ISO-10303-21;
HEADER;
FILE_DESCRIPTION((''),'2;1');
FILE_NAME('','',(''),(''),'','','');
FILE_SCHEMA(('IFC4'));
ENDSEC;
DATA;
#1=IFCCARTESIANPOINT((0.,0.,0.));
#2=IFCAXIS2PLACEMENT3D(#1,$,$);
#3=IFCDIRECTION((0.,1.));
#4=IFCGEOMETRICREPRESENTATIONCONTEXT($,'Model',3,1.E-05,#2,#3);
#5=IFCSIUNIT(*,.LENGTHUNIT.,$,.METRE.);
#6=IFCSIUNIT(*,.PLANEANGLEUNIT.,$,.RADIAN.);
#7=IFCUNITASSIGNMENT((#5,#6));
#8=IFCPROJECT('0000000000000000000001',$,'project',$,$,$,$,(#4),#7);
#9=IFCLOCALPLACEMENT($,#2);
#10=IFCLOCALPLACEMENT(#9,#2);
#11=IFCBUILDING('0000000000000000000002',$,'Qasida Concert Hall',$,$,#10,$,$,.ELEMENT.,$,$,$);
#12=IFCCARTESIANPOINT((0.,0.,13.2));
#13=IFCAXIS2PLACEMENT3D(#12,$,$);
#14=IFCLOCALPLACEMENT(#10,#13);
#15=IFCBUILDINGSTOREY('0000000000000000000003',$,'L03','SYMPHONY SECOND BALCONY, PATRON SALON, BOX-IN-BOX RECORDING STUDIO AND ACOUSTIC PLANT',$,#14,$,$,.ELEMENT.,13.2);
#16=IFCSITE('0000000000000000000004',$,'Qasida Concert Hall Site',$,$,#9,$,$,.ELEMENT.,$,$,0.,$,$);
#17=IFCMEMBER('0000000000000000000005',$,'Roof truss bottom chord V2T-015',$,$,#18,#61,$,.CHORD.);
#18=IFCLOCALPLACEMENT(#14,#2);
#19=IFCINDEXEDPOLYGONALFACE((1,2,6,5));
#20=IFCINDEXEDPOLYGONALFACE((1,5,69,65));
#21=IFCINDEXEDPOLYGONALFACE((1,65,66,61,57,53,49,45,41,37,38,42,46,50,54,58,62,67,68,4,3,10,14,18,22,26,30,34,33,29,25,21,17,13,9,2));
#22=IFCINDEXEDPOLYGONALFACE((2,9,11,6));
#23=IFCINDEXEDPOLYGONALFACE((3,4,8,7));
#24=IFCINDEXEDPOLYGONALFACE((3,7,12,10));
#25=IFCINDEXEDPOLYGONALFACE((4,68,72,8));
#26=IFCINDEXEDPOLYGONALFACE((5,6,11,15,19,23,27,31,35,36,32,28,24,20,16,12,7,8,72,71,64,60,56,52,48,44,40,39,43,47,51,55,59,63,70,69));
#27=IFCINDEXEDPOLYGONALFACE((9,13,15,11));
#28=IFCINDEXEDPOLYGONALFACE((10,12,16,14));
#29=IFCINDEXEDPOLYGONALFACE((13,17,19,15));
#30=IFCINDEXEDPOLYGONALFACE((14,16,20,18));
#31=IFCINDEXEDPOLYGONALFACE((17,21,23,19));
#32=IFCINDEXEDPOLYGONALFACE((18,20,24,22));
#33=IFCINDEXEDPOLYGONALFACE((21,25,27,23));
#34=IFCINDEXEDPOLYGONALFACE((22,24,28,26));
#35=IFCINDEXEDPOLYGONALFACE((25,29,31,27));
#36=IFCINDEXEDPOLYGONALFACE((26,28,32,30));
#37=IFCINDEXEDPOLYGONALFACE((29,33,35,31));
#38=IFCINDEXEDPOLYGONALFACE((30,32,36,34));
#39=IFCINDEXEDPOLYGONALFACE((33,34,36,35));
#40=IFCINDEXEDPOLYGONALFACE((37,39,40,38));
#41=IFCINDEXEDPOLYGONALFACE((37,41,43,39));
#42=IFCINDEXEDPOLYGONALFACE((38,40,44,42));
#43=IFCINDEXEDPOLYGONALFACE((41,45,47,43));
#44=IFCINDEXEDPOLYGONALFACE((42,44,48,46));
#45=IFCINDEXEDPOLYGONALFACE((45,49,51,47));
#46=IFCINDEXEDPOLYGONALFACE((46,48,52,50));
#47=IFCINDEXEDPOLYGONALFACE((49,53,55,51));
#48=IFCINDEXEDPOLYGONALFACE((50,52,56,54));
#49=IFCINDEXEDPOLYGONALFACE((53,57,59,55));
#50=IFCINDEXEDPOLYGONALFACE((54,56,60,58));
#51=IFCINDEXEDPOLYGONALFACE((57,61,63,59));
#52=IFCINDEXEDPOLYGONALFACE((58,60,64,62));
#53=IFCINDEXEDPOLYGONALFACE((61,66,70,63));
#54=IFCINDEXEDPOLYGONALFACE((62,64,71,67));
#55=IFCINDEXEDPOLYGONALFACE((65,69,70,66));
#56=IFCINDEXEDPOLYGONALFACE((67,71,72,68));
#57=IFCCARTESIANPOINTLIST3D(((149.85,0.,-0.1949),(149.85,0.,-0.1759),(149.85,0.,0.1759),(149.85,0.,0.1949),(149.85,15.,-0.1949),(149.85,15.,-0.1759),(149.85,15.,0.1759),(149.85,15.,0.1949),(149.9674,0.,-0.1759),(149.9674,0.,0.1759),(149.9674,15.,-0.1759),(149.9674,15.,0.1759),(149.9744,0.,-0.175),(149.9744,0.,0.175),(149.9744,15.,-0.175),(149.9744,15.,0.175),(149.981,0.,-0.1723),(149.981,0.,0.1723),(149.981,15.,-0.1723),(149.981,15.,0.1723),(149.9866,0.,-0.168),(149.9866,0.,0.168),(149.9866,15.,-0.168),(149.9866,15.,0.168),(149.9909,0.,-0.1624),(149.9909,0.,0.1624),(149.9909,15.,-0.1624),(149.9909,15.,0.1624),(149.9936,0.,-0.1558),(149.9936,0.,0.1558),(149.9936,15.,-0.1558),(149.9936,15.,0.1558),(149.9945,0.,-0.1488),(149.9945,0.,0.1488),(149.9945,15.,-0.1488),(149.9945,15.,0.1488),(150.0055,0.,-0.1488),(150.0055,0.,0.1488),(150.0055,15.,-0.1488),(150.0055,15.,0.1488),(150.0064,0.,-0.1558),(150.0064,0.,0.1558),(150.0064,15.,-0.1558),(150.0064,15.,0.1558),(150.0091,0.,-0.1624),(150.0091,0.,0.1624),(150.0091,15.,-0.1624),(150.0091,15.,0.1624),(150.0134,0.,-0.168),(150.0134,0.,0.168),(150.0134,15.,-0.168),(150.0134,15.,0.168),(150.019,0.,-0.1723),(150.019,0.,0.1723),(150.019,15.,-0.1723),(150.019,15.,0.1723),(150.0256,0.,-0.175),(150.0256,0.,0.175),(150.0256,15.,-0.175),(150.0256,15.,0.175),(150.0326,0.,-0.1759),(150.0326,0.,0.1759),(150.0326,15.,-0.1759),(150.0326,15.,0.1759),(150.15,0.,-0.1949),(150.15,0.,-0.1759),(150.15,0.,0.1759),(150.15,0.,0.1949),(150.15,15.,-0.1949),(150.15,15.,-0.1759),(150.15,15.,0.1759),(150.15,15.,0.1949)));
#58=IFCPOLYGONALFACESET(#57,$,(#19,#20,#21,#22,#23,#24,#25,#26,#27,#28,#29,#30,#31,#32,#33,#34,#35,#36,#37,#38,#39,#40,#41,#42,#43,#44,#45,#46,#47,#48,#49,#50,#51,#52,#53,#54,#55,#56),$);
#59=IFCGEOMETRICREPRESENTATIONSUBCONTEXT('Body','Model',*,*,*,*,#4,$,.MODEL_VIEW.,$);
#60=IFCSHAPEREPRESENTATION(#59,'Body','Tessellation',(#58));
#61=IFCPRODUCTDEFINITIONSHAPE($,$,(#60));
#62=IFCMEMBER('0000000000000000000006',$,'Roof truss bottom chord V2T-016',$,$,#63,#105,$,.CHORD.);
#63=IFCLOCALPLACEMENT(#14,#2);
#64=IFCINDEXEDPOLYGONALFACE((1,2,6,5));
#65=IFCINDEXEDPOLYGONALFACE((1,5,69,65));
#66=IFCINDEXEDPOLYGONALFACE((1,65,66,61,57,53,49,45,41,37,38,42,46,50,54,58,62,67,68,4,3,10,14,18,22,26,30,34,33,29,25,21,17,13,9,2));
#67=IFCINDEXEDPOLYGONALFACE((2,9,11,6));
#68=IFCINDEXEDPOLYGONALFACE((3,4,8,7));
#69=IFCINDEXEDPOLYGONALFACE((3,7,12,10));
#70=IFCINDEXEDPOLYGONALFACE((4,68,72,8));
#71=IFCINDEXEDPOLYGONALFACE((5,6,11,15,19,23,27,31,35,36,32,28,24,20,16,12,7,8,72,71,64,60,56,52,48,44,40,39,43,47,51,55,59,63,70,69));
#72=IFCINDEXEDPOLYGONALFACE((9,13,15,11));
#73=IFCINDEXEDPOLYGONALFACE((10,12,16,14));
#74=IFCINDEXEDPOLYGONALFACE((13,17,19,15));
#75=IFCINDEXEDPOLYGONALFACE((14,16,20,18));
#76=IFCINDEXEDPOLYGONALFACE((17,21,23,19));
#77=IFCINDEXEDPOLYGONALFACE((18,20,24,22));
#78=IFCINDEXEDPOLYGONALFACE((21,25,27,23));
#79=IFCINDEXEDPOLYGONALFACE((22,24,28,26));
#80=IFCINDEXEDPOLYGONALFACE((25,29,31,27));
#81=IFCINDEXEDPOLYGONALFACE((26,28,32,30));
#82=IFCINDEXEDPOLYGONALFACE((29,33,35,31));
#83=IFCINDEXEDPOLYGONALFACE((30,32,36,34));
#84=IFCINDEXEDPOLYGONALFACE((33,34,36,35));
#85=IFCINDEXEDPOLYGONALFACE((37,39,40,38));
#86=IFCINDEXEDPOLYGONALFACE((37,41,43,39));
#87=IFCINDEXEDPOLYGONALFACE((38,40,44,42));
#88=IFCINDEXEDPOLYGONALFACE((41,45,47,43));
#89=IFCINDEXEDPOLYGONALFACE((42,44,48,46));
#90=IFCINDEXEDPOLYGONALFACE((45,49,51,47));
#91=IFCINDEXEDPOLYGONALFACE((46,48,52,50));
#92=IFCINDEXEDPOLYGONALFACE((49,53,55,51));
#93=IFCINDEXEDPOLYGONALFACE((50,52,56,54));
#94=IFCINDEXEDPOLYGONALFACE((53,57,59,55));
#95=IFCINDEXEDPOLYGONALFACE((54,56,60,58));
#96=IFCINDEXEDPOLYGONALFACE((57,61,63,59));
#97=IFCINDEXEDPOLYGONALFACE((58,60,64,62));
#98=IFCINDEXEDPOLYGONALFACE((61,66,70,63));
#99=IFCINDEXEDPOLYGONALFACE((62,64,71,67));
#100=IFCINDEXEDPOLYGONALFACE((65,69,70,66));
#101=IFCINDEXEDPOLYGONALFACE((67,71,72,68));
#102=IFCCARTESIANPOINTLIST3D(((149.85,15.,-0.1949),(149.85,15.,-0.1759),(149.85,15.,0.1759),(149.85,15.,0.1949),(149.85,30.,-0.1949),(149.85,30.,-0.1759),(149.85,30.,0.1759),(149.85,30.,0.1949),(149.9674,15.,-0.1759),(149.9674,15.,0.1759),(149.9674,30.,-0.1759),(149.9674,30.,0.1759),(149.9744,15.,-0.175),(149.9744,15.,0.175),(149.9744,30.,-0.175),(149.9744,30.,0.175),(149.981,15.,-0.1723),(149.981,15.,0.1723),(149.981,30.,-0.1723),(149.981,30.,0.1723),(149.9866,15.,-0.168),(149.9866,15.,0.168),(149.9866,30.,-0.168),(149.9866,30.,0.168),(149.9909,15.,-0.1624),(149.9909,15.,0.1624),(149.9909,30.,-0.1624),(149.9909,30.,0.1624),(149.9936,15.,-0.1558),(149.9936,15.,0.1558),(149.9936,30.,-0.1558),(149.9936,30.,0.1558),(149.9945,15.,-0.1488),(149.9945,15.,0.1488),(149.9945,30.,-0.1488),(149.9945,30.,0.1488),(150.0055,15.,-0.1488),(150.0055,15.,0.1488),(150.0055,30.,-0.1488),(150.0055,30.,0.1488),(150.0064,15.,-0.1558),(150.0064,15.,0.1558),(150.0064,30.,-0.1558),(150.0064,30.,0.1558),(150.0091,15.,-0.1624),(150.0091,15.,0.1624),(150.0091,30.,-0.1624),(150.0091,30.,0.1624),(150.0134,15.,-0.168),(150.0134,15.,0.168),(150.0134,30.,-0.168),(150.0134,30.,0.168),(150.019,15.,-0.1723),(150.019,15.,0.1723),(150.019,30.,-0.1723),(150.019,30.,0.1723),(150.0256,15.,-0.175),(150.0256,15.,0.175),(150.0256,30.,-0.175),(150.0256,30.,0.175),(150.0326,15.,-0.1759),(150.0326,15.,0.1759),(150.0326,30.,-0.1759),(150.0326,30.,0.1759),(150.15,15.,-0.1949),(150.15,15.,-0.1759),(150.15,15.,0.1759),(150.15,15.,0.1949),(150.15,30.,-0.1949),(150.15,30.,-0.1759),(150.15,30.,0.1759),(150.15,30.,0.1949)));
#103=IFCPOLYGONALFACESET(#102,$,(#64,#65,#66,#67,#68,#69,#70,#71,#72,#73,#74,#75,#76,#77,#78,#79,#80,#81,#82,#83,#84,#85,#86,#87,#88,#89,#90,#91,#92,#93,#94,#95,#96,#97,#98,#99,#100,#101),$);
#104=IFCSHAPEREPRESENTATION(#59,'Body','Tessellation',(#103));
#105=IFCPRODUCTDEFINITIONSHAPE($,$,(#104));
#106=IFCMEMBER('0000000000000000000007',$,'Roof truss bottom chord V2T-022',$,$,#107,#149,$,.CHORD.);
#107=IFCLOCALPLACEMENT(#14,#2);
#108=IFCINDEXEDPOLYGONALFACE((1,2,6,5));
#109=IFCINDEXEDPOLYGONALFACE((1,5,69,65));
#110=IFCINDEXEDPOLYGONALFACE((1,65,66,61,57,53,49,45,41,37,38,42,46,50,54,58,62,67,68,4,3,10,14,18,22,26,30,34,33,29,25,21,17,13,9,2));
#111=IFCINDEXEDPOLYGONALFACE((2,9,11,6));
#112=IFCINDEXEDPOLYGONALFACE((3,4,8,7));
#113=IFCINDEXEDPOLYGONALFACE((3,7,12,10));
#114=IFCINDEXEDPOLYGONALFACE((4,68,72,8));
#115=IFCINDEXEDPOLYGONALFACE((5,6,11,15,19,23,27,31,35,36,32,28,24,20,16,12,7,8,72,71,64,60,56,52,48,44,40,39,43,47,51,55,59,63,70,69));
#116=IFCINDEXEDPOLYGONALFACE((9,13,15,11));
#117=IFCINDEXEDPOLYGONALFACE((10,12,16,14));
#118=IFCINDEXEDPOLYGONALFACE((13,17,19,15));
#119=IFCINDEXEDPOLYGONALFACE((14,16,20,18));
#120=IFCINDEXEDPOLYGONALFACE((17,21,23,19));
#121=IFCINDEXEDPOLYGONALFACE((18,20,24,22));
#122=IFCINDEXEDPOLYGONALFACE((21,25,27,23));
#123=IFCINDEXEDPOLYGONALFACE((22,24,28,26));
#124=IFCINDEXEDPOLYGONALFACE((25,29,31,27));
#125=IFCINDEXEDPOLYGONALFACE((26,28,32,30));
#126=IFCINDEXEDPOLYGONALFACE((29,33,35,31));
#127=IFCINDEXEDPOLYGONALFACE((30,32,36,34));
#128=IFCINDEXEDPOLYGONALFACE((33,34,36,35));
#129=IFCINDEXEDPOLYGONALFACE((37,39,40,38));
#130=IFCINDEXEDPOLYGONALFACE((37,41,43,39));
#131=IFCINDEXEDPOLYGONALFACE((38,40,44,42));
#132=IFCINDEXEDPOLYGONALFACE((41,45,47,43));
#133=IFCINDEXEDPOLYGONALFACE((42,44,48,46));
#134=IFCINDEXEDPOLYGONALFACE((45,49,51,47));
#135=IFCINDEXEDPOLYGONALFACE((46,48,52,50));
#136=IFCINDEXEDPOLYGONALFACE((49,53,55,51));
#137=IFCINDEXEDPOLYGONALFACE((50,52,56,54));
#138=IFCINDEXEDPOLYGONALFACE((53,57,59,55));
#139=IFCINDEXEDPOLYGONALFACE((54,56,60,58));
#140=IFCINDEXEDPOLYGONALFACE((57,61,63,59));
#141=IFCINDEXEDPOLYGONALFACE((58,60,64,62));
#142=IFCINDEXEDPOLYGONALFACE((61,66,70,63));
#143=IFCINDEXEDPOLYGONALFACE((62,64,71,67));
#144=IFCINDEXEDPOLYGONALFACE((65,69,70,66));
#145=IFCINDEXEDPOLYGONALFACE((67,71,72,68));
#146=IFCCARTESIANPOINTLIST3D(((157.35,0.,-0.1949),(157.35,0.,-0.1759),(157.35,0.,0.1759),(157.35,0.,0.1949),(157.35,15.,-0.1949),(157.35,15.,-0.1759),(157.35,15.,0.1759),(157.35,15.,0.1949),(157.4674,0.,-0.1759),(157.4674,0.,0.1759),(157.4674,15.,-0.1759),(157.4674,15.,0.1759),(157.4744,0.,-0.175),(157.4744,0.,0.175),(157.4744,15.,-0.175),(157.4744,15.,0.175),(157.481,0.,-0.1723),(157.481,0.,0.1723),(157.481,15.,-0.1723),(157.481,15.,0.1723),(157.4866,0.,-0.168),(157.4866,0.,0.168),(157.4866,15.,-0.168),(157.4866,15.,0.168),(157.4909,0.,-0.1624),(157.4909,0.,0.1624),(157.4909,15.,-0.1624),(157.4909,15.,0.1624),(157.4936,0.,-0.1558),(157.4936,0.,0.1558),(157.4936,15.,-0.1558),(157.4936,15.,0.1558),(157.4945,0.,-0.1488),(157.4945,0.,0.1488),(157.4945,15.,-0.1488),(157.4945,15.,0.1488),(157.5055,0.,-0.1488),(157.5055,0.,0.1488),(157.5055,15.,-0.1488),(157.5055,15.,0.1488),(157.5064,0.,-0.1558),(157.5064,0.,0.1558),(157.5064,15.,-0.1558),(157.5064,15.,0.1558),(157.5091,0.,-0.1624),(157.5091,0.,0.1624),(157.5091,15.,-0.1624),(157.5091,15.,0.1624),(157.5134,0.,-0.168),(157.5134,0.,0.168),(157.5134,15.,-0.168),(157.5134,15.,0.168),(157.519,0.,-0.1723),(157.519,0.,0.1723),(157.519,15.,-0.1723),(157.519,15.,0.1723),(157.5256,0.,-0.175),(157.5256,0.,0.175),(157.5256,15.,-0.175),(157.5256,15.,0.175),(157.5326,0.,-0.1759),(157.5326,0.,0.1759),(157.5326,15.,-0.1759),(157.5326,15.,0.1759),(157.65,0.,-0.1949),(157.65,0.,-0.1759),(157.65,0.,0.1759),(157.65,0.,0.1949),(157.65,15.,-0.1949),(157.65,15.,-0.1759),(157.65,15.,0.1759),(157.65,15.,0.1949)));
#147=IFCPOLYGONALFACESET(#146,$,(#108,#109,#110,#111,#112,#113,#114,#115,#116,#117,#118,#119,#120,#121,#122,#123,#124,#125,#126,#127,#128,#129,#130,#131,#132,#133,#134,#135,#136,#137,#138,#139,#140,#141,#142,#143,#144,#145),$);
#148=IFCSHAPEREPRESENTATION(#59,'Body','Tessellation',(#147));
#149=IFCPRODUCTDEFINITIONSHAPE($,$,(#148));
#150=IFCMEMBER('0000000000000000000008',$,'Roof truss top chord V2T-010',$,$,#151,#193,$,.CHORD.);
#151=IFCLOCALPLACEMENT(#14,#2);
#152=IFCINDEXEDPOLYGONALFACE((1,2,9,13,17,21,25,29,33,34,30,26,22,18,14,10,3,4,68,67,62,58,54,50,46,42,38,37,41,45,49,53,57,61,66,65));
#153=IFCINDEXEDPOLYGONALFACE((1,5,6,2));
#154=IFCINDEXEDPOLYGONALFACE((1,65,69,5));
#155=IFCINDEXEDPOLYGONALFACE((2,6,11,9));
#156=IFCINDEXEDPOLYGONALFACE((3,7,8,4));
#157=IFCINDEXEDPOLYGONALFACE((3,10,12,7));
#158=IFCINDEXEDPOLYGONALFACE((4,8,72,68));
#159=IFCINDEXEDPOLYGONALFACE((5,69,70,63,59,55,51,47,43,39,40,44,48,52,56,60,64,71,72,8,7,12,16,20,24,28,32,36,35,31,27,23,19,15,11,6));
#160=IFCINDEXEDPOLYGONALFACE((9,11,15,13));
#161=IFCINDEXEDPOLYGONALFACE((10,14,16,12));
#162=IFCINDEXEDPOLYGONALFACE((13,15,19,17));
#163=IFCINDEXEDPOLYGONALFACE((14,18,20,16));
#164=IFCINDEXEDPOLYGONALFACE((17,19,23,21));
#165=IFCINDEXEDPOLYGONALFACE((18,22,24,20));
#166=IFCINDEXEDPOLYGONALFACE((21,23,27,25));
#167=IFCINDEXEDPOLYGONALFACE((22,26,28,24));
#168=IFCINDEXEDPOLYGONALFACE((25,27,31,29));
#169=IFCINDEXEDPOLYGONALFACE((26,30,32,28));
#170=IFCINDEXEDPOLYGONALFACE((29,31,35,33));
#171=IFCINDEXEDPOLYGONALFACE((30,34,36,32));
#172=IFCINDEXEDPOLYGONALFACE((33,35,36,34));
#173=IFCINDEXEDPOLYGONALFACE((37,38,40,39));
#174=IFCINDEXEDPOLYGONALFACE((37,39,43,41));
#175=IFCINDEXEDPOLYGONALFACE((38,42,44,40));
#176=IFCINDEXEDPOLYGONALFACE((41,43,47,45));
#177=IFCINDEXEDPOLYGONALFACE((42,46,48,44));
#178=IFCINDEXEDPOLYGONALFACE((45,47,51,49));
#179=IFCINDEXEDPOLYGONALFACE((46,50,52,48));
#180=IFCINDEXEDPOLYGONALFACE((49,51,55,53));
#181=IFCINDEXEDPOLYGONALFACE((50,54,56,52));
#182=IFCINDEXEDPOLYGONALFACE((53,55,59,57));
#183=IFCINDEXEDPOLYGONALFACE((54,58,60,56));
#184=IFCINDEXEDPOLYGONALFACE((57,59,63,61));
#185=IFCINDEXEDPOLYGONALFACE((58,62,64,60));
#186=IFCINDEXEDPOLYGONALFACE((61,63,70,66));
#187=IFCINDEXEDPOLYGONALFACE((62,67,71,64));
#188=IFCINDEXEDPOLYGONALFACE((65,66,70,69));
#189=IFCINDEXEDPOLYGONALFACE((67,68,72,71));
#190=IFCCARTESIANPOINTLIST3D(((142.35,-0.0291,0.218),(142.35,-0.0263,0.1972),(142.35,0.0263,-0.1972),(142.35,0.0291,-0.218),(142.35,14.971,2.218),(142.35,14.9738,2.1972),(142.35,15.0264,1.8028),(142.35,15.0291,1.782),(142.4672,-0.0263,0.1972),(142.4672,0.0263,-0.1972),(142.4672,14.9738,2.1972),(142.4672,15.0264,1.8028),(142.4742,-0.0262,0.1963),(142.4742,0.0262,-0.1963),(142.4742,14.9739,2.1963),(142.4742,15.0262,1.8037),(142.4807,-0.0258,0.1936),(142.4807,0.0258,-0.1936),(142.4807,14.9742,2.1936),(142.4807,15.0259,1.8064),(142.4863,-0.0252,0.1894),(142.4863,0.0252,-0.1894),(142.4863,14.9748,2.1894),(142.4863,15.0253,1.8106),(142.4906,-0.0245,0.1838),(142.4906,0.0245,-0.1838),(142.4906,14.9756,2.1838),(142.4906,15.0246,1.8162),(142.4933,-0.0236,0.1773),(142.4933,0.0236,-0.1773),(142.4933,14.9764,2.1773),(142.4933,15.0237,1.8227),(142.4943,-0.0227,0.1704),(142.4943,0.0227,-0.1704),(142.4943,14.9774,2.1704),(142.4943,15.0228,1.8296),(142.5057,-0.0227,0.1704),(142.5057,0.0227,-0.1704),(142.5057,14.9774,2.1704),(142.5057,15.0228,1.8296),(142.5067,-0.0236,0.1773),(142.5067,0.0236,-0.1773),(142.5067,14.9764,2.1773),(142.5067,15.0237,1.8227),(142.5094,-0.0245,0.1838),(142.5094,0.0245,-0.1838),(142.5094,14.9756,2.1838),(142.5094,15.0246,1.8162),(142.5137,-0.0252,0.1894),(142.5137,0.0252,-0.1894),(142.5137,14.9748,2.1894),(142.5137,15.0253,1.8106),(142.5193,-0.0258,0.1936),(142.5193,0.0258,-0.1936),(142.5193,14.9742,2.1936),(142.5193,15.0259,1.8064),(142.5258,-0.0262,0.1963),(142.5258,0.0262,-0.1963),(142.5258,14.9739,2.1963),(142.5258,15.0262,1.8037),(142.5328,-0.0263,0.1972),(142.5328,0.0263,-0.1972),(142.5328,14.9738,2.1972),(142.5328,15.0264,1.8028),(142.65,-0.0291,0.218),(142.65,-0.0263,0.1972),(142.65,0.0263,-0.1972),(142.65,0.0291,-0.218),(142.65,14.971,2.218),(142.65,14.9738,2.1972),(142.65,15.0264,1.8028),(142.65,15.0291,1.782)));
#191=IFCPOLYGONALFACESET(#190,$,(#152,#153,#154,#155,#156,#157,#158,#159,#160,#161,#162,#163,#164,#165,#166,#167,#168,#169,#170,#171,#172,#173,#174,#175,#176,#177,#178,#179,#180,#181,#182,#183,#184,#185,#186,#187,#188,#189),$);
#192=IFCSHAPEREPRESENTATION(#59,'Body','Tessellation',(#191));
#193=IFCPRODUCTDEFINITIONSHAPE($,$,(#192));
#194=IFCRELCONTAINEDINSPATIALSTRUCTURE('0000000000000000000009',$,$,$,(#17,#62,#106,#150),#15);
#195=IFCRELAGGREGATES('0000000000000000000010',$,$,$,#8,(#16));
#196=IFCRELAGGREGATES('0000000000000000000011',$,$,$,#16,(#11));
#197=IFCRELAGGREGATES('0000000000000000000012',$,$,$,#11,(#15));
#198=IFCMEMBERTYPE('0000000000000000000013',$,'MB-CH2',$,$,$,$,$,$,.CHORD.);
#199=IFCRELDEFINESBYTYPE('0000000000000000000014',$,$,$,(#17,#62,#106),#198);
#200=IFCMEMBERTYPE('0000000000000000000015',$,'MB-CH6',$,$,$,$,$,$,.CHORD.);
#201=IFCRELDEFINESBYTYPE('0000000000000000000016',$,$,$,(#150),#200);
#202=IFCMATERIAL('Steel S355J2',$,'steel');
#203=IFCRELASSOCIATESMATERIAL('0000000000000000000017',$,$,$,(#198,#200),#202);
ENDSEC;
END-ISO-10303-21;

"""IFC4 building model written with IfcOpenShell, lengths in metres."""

from ifc_helpers import new_model, si_unit, direction, frame, origin, origin_2d, place, context, subcontext, project, spatial, i_section, extrude, material, material_profile, profile_set, type_object, element, save


model = new_model("IFC4")

# Units and contexts
model_context = context("Model", 3, precision=1e-05, world=origin(), true_north=direction((0.0, 1.0)))
body_context = subcontext(model_context, "Body", "Model", "MODEL_VIEW")
ifc_project = project(units=[si_unit("LENGTHUNIT", "METRE"), si_unit("PLANEANGLEUNIT", "RADIAN")], contexts=[model_context])

# Site, building, storey
site_placement = place(None, origin())
site = spatial("IfcSite", under=ifc_project, at=site_placement, Name="Qasida Concert Hall Site", CompositionType="ELEMENT", RefElevation=0.0)
building_placement = place(site_placement, origin())
building = spatial("IfcBuilding", under=site, at=building_placement, Name="Qasida Concert Hall", CompositionType="ELEMENT")
storey_placement = place(building_placement, frame((0.0, 0.0, 13.2)))
storey = spatial("IfcBuildingStorey", under=building, at=storey_placement, Name="L03", Description="SYMPHONY SECOND BALCONY, PATRON SALON, BOX-IN-BOX RECORDING STUDIO AND ACOUSTIC PLANT", CompositionType="ELEMENT", Elevation=13.2)

# Members
ifc_material_1 = material(Name="Steel S355J2", Category="steel")
ifc_material_profile_1 = material_profile(ifc_material_1, i_section(OverallWidth=0.3, OverallDepth=0.3899, WebThickness=0.011, FlangeThickness=0.019, FilletRadius=0.0271, at=origin_2d()), Name="HEA 400")
ifc_profile_set_1 = profile_set([ifc_material_profile_1], Name="Steel S355J2")
member_type_1 = type_object("IfcMemberType", Name="MB-CH2", PredefinedType="CHORD", material=ifc_profile_set_1)
for number, where, z_axis, x_axis, name in (
    (1, (150.0, 0.0, 0.0), (0.0, 1.0, 0.0), (-1.0, 0.0, 0.0), "Roof truss bottom chord V2T-015"),
    (2, (150.0, 15.0, 0.0), (0.0, 1.0, 0.0), (-1.0, 0.0, 0.0), "Roof truss bottom chord V2T-016"),
    (3, (157.5, 0.0, 0.0), (0.0, 1.0, 0.0), (-1.0, 0.0, 0.0), "Roof truss bottom chord V2T-022"),
):
    element("IfcMember", number, at=place(storey_placement, frame(where, z_axis=z_axis, x_axis=x_axis)), inside=storey, type_object=member_type_1, Name=name, PredefinedType="CHORD", context=body_context, shape_type="SweptSolid", body=[
        extrude(i_section(OverallWidth=0.3, OverallDepth=0.3899, WebThickness=0.011, FlangeThickness=0.019, FilletRadius=0.0271, at=origin_2d()), origin(), (0.0, 0.0, 1.0), 15.0),
    ])
ifc_material_profile_2 = material_profile(ifc_material_1, i_section(OverallWidth=0.3, OverallDepth=0.4399, WebThickness=0.0115, FlangeThickness=0.021, FilletRadius=0.0271, at=origin_2d()), Name="HEA 450")
ifc_profile_set_2 = profile_set([ifc_material_profile_2], Name="Steel S355J2")
member_type_2 = type_object("IfcMemberType", Name="MB-CH6", PredefinedType="CHORD", material=ifc_profile_set_2)
for number, where, z_axis, x_axis, name in (
    (4, (142.5, 0.0, 0.0), (0.0, 0.991228, 0.132164), (-1.0, 0.0, 0.0), "Roof truss top chord V2T-010"),
):
    element("IfcMember", number, at=place(storey_placement, frame(where, z_axis=z_axis, x_axis=x_axis)), inside=storey, type_object=member_type_2, Name=name, PredefinedType="CHORD", context=body_context, shape_type="SweptSolid", body=[
        extrude(i_section(OverallWidth=0.3, OverallDepth=0.4399, WebThickness=0.0115, FlangeThickness=0.021, FilletRadius=0.0271, at=origin_2d()), origin(), (0.0, 0.0, 1.0), 15.1328),
    ])

save(model, "model.ifc")
